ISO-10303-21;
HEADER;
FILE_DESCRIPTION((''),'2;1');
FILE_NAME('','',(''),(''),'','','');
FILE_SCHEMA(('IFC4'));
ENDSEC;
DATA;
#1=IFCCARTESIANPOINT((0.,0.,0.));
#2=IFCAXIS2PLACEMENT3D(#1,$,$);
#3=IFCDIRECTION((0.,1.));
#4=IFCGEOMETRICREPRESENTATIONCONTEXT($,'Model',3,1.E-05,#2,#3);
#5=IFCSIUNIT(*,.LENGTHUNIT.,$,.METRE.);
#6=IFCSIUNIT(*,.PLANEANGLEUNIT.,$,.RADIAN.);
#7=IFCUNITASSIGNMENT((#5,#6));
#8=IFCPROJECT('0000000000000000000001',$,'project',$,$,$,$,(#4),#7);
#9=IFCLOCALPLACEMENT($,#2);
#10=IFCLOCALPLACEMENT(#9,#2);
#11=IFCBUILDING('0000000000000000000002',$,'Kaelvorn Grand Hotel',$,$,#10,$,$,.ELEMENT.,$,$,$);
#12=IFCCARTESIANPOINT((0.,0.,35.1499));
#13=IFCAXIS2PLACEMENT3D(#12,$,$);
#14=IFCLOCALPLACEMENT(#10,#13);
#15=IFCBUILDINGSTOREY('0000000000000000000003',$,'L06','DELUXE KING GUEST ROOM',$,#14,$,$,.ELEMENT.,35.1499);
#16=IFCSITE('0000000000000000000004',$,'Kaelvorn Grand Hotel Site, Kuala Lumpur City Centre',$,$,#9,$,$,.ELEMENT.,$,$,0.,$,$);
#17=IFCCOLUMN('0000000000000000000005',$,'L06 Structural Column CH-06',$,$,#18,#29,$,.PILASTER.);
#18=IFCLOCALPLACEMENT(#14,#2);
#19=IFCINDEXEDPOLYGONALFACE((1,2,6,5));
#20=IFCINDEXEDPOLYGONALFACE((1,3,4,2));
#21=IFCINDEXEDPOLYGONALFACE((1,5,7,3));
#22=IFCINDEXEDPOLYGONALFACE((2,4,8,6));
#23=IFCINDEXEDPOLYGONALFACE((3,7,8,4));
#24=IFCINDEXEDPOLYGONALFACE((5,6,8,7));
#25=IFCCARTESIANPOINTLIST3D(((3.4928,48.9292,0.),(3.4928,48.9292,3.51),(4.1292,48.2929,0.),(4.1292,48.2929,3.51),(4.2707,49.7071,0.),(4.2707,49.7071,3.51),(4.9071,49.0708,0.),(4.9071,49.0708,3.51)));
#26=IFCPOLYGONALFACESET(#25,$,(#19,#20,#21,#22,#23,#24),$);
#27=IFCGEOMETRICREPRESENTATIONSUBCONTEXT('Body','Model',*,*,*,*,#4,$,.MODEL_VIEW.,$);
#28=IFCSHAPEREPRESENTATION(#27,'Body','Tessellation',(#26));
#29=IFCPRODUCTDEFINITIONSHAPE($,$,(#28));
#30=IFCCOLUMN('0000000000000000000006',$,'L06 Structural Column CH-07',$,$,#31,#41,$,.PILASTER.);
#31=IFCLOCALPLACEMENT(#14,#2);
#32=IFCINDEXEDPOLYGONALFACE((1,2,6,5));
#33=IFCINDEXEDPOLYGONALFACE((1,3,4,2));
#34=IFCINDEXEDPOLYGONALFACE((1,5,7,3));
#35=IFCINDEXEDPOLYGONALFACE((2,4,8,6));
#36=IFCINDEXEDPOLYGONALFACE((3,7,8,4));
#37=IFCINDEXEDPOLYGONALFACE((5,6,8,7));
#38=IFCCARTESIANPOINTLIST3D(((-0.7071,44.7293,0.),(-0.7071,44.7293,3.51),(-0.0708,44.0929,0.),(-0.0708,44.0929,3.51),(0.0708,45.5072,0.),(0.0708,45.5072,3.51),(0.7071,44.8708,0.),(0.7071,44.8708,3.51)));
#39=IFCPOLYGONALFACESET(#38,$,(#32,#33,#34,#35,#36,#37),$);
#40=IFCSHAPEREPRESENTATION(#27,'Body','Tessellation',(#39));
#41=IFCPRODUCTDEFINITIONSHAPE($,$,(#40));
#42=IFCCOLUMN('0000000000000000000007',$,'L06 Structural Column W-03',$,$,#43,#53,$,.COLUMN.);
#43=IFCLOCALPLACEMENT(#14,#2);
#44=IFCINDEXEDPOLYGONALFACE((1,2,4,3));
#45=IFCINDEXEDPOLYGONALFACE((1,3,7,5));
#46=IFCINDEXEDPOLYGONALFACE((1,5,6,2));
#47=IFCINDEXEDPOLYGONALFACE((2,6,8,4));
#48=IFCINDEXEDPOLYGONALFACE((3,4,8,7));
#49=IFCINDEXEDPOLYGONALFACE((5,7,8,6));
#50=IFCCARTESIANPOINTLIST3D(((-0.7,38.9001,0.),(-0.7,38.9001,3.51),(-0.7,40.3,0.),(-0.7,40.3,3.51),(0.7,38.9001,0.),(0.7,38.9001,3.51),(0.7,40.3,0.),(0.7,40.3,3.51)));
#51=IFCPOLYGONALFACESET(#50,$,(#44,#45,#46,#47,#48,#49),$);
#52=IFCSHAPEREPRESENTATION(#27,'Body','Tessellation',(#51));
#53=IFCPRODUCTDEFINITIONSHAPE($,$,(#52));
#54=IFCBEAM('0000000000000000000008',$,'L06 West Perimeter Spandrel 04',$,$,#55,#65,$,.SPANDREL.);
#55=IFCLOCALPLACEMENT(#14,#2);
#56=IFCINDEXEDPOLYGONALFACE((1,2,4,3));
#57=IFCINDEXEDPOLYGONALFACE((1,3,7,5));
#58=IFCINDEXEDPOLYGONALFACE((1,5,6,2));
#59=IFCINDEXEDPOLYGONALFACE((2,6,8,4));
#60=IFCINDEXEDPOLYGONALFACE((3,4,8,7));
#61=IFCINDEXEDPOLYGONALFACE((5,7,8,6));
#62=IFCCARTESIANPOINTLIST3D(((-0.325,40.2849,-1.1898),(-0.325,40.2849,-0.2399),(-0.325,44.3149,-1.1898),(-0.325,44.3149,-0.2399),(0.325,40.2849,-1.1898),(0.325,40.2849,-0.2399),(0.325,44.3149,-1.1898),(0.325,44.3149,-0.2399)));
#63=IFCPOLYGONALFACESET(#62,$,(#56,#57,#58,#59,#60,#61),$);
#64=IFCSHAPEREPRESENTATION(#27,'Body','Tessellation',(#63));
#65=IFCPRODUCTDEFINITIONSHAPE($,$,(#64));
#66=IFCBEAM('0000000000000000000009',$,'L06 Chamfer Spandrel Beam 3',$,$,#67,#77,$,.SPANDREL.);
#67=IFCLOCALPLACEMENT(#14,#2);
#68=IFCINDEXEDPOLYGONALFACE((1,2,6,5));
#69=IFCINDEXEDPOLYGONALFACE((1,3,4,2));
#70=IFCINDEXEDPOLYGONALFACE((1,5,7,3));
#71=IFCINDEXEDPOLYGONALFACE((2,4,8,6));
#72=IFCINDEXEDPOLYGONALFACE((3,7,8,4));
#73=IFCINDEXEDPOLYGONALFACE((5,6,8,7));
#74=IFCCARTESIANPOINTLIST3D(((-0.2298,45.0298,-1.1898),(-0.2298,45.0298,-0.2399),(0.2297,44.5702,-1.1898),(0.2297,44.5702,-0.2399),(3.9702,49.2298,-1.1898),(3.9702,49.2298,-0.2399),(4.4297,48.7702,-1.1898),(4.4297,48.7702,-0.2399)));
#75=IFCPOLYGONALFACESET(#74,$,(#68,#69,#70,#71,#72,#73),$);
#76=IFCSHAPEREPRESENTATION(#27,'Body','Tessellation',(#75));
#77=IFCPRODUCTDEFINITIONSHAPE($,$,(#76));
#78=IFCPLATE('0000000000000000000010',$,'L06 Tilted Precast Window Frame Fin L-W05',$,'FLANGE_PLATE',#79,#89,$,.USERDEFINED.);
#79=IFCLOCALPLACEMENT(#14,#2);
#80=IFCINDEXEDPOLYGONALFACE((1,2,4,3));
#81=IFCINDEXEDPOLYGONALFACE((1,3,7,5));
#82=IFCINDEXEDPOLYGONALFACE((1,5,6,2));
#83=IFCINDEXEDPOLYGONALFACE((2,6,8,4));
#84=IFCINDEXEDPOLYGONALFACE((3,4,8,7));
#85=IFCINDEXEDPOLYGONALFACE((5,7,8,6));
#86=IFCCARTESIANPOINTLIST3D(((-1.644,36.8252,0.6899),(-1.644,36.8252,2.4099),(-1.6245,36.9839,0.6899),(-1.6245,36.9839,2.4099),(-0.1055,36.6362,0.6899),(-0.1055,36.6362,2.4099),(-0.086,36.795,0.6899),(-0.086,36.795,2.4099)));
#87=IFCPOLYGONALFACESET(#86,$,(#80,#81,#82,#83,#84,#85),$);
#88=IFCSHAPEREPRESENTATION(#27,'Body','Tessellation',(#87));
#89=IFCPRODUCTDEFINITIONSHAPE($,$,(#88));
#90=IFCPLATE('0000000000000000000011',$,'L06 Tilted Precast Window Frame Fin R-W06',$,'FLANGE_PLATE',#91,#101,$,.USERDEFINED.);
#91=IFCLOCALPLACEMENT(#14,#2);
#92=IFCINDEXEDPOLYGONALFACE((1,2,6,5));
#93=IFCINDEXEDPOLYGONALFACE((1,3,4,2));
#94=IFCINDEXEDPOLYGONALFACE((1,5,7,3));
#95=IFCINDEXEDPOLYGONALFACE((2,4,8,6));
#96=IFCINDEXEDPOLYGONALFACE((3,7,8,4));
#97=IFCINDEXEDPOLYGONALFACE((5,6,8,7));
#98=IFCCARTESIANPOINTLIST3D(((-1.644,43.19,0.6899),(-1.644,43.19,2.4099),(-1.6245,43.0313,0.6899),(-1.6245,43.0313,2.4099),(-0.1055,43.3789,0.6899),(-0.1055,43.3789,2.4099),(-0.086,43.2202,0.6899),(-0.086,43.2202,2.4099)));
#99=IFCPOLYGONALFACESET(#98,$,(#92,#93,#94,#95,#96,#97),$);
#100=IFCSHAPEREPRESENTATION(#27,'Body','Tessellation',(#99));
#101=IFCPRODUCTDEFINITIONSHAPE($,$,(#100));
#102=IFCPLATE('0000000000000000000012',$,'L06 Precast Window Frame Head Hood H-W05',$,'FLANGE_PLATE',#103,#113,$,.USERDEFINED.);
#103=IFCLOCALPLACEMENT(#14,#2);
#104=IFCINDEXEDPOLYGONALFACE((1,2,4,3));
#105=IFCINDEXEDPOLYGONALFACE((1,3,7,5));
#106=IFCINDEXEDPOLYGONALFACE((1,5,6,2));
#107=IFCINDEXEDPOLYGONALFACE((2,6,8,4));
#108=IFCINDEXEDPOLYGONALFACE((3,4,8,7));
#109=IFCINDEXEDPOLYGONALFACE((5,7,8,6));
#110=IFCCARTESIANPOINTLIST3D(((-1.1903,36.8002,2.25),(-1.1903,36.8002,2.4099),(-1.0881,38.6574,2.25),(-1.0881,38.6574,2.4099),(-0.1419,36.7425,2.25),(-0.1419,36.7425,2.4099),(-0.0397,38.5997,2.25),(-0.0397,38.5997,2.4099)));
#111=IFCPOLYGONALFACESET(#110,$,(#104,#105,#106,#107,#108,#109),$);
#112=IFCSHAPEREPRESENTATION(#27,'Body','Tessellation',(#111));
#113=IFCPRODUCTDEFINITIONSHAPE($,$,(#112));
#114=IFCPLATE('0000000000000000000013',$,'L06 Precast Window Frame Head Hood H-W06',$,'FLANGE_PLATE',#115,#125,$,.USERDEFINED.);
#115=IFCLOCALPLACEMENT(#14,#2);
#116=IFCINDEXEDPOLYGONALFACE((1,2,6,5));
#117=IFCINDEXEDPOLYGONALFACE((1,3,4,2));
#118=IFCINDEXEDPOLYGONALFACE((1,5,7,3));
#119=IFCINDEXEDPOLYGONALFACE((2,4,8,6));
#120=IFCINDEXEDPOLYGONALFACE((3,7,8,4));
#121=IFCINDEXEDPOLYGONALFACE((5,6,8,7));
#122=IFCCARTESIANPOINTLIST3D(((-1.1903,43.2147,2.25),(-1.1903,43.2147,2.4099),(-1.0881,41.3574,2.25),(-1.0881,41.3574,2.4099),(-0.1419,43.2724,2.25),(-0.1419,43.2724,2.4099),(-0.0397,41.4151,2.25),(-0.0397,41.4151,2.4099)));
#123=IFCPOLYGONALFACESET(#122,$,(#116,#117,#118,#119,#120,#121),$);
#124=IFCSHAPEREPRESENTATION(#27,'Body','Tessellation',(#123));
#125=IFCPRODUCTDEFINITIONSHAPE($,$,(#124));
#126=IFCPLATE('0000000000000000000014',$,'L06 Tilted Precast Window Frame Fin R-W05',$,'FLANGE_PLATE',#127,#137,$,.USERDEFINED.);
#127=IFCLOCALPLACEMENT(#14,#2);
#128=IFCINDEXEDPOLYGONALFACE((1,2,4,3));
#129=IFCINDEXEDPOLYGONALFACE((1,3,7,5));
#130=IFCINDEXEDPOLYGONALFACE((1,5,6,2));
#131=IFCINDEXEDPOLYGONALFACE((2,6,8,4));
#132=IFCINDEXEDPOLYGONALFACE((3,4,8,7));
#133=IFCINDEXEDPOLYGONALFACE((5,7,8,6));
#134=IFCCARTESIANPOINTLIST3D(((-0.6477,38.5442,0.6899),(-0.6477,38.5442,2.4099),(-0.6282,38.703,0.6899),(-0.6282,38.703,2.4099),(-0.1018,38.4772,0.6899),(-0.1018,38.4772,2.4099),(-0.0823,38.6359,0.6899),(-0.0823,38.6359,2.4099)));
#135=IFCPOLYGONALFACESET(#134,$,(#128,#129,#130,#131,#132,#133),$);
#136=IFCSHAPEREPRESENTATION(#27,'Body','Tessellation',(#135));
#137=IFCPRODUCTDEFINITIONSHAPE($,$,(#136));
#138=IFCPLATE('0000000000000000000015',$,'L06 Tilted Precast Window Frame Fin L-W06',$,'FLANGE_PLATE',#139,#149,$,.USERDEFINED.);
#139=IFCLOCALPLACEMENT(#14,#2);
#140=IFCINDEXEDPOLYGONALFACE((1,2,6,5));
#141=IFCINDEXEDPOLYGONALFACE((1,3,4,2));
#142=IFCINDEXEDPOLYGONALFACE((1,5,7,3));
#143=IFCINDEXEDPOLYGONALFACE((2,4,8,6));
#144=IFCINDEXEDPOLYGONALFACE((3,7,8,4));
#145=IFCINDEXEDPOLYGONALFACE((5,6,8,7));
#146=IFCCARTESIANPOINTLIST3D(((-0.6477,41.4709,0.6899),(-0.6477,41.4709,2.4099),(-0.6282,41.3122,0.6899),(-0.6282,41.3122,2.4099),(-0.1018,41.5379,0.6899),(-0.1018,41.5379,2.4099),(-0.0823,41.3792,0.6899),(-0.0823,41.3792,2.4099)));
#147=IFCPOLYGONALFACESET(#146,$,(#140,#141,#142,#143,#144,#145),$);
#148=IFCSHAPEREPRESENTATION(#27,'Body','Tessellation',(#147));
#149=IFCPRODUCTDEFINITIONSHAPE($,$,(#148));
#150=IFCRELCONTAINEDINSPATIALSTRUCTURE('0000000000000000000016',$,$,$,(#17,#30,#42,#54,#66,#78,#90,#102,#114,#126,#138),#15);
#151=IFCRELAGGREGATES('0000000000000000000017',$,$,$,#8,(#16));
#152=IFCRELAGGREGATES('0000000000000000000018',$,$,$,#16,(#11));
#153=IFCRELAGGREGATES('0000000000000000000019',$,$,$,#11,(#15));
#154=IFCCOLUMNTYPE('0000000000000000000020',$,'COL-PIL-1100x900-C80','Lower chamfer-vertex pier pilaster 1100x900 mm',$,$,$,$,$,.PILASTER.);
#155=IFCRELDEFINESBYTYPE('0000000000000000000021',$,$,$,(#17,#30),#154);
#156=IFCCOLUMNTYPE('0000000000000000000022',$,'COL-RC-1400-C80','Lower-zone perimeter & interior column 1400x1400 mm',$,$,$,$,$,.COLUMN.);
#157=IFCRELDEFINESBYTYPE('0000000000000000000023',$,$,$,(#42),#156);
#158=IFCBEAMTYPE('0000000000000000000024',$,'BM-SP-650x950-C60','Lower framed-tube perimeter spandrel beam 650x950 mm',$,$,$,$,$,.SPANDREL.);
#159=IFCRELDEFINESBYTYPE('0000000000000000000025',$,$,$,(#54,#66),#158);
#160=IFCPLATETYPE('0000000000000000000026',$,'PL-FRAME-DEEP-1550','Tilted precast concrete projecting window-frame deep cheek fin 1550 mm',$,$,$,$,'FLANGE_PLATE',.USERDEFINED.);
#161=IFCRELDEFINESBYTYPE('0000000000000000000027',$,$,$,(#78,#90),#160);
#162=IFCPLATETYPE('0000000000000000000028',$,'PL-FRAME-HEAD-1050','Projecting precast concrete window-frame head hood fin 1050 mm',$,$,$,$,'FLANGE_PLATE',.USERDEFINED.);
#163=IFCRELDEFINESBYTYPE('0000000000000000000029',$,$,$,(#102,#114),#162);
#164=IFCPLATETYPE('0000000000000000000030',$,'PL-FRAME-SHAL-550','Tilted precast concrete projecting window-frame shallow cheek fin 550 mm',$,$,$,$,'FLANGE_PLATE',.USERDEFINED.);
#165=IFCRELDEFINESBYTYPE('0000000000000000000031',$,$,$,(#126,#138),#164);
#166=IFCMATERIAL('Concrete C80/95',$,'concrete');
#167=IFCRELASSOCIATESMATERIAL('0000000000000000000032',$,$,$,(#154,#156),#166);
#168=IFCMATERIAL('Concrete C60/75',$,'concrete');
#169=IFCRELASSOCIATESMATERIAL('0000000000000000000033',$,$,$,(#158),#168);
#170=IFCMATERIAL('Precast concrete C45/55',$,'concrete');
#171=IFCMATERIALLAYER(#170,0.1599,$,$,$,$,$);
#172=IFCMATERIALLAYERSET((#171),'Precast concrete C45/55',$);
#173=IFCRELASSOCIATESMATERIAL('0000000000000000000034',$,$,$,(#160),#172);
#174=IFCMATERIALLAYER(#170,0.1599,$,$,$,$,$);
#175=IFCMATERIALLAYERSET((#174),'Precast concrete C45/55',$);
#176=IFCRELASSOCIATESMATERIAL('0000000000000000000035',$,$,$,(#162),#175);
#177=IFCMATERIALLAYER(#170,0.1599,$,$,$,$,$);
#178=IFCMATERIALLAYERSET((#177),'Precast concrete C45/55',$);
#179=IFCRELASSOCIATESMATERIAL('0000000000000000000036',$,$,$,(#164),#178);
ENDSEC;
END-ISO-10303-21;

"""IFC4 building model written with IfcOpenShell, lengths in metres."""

from ifc_helpers import new_model, si_unit, direction, frame, origin, origin_2d, place, context, subcontext, project, spatial, rectangle, extrude, material, layer, layer_set, material_profile, profile_set, type_object, element, save


model = new_model("IFC4")

# Units and contexts
model_context = context("Model", 3, precision=1e-05, world=origin(), true_north=direction((0.0, 1.0)))
body_context = subcontext(model_context, "Body", "Model", "MODEL_VIEW")
ifc_project = project(units=[si_unit("LENGTHUNIT", "METRE"), si_unit("PLANEANGLEUNIT", "RADIAN")], contexts=[model_context])

# Site, building, storey
site_placement = place(None, origin())
site = spatial("IfcSite", under=ifc_project, at=site_placement, Name="Kaelvorn Grand Hotel Site, Kuala Lumpur City Centre", CompositionType="ELEMENT", RefElevation=0.0)
building_placement = place(site_placement, origin())
building = spatial("IfcBuilding", under=site, at=building_placement, Name="Kaelvorn Grand Hotel", CompositionType="ELEMENT")
storey_placement = place(building_placement, frame((0.0, 0.0, 35.1499)))
storey = spatial("IfcBuildingStorey", under=building, at=storey_placement, Name="L06", Description="DELUXE KING GUEST ROOM", CompositionType="ELEMENT", Elevation=35.1499)

# Columns
ifc_material_1 = material(Name="Concrete C80/95", Category="concrete")
ifc_material_profile_1 = material_profile(ifc_material_1, rectangle(XDim=1.1001, YDim=0.8999, at=origin_2d()), Name="RC PILASTER 1100x900")
ifc_profile_set_1 = profile_set([ifc_material_profile_1], Name="Concrete C80/95")
column_type_1 = type_object("IfcColumnType", Name="COL-PIL-1100x900-C80", Description="Lower chamfer-vertex pier pilaster 1100x900 mm", PredefinedType="PILASTER", material=ifc_profile_set_1)
for number, where, z_axis, x_axis, name in (
    (1, (4.2, 49.0, 0.0), (0.0, 0.0, 1.0), (0.707107, 0.707107, 0.0), "L06 Structural Column CH-06"),
    (2, (0.0, 44.8, 0.0), (0.0, 0.0, 1.0), (0.707107, 0.707107, 0.0), "L06 Structural Column CH-07"),
):
    element("IfcColumn", number, at=place(storey_placement, frame(where, z_axis=z_axis, x_axis=x_axis)), inside=storey, type_object=column_type_1, Name=name, PredefinedType="PILASTER", context=body_context, shape_type="SweptSolid", body=[
        extrude(rectangle(XDim=1.1001, YDim=0.8999, at=origin_2d()), origin(), (0.0, 0.0, 1.0), 3.51),
    ])
ifc_material_profile_2 = material_profile(ifc_material_1, rectangle(XDim=1.3999, YDim=1.3999, at=origin_2d()), Name="RC COL 1400x1400")
ifc_profile_set_2 = profile_set([ifc_material_profile_2], Name="Concrete C80/95")
column_type_2 = type_object("IfcColumnType", Name="COL-RC-1400-C80", Description="Lower-zone perimeter & interior column 1400x1400 mm", PredefinedType="COLUMN", material=ifc_profile_set_2)
column_placement = place(storey_placement, frame((0.0, 39.6001, 0.0), z_axis=(0.0, 0.0, 1.0), x_axis=(1.0, 0.0, 0.0)))
element("IfcColumn", 3, at=column_placement, inside=storey, type_object=column_type_2, Name="L06 Structural Column W-03", PredefinedType="COLUMN", context=body_context, shape_type="SweptSolid", body=[
    extrude(rectangle(XDim=1.3999, YDim=1.3999, at=origin_2d()), origin(), (0.0, 0.0, 1.0), 3.51),
])

# Beams
ifc_material_2 = material(Name="Concrete C60/75", Category="concrete")
ifc_material_profile_3 = material_profile(ifc_material_2, rectangle(XDim=0.6499, YDim=0.95, at=origin_2d()), Name="RC SPANDREL 650x950")
ifc_profile_set_3 = profile_set([ifc_material_profile_3], Name="Concrete C60/75")
beam_type = type_object("IfcBeamType", Name="BM-SP-650x950-C60", Description="Lower framed-tube perimeter spandrel beam 650x950 mm", PredefinedType="SPANDREL", material=ifc_profile_set_3)
beam_1_placement = place(storey_placement, frame((0.0, 40.2849, -0.7148), z_axis=(0.0, 1.0, 0.0), x_axis=(-1.0, 0.0, 0.0)))
element("IfcBeam", 4, at=beam_1_placement, inside=storey, type_object=beam_type, Name="L06 West Perimeter Spandrel 04", PredefinedType="SPANDREL", context=body_context, shape_type="SweptSolid", body=[
    extrude(rectangle(XDim=0.6499, YDim=0.95, at=origin_2d()), origin(), (0.0, 0.0, 1.0), 4.03),
])
beam_2_placement = place(storey_placement, frame((4.2, 49.0, -0.7148), z_axis=(-0.707107, -0.707107, 0.0), x_axis=(0.707107, -0.707107, 0.0)))
element("IfcBeam", 5, at=beam_2_placement, inside=storey, type_object=beam_type, Name="L06 Chamfer Spandrel Beam 3", PredefinedType="SPANDREL", context=body_context, shape_type="SweptSolid", body=[
    extrude(rectangle(XDim=0.6499, YDim=0.95, at=origin_2d()), origin(), (0.0, 0.0, 1.0), 5.9397),
])

# Plates
ifc_material_3 = material(Name="Precast concrete C45/55", Category="concrete")
ifc_layer_1 = layer(ifc_material_3, 0.1599)
ifc_layer_set_1 = layer_set([ifc_layer_1], Name="Precast concrete C45/55")
plate_type_1 = type_object("IfcPlateType", Name="PL-FRAME-DEEP-1550", Description="Tilted precast concrete projecting window-frame deep cheek fin 1550 mm", ElementType="FLANGE_PLATE", PredefinedType="USERDEFINED", material=ifc_layer_set_1)
for number, where, z_axis, x_axis, name in (
    (6, (-0.865, 36.8101, 0.6899), (0.0, 0.0, 1.0), (0.121869, 0.992546, 0.0), "L06 Tilted Precast Window Frame Fin L-W05"),
    (7, (-0.865, 43.2051, 0.6899), (0.0, 0.0, 1.0), (-0.121869, 0.992546, 0.0), "L06 Tilted Precast Window Frame Fin R-W06"),
):
    element("IfcPlate", number, at=place(storey_placement, frame(where, z_axis=z_axis, x_axis=x_axis)), inside=storey, type_object=plate_type_1, Name=name, ObjectType="FLANGE_PLATE", PredefinedType="USERDEFINED", context=body_context, shape_type="SweptSolid", body=[
        extrude(rectangle(XDim=0.1599, YDim=1.55, at=origin_2d()), origin(), (0.0, 0.0, 1.0), 1.72),
    ])
ifc_layer_2 = layer(ifc_material_3, 0.1599)
ifc_layer_set_2 = layer_set([ifc_layer_2], Name="Precast concrete C45/55")
plate_type_2 = type_object("IfcPlateType", Name="PL-FRAME-HEAD-1050", Description="Projecting precast concrete window-frame head hood fin 1050 mm", ElementType="FLANGE_PLATE", PredefinedType="USERDEFINED", material=ifc_layer_set_2)
for number, where, z_axis, x_axis, name in (
    (8, (-0.615, 37.7, 2.25), (0.0, 0.0, 1.0), (0.05495, 0.998489, 0.0), "L06 Precast Window Frame Head Hood H-W05"),
    (9, (-0.615, 42.3149, 2.25), (0.0, 0.0, 1.0), (-0.05495, 0.998489, 0.0), "L06 Precast Window Frame Head Hood H-W06"),
):
    element("IfcPlate", number, at=place(storey_placement, frame(where, z_axis=z_axis, x_axis=x_axis)), inside=storey, type_object=plate_type_2, Name=name, ObjectType="FLANGE_PLATE", PredefinedType="USERDEFINED", context=body_context, shape_type="SweptSolid", body=[
        extrude(rectangle(XDim=1.8601, YDim=1.05, at=origin_2d()), origin(), (0.0, 0.0, 1.0), 0.1599),
    ])
ifc_layer_3 = layer(ifc_material_3, 0.1599)
ifc_layer_set_3 = layer_set([ifc_layer_3], Name="Precast concrete C45/55")
plate_type_3 = type_object("IfcPlateType", Name="PL-FRAME-SHAL-550", Description="Tilted precast concrete projecting window-frame shallow cheek fin 550 mm", ElementType="FLANGE_PLATE", PredefinedType="USERDEFINED", material=ifc_layer_set_3)
for number, where, z_axis, x_axis, name in (
    (10, (-0.365, 38.5901, 0.6899), (0.0, 0.0, 1.0), (0.121869, 0.992546, 0.0), "L06 Tilted Precast Window Frame Fin R-W05"),
    (11, (-0.365, 41.425, 0.6899), (0.0, 0.0, 1.0), (-0.121869, 0.992546, 0.0), "L06 Tilted Precast Window Frame Fin L-W06"),
):
    element("IfcPlate", number, at=place(storey_placement, frame(where, z_axis=z_axis, x_axis=x_axis)), inside=storey, type_object=plate_type_3, Name=name, ObjectType="FLANGE_PLATE", PredefinedType="USERDEFINED", context=body_context, shape_type="SweptSolid", body=[
        extrude(rectangle(XDim=0.1599, YDim=0.55, at=origin_2d()), origin(), (0.0, 0.0, 1.0), 1.72),
    ])

save(model, "model.ifc")
